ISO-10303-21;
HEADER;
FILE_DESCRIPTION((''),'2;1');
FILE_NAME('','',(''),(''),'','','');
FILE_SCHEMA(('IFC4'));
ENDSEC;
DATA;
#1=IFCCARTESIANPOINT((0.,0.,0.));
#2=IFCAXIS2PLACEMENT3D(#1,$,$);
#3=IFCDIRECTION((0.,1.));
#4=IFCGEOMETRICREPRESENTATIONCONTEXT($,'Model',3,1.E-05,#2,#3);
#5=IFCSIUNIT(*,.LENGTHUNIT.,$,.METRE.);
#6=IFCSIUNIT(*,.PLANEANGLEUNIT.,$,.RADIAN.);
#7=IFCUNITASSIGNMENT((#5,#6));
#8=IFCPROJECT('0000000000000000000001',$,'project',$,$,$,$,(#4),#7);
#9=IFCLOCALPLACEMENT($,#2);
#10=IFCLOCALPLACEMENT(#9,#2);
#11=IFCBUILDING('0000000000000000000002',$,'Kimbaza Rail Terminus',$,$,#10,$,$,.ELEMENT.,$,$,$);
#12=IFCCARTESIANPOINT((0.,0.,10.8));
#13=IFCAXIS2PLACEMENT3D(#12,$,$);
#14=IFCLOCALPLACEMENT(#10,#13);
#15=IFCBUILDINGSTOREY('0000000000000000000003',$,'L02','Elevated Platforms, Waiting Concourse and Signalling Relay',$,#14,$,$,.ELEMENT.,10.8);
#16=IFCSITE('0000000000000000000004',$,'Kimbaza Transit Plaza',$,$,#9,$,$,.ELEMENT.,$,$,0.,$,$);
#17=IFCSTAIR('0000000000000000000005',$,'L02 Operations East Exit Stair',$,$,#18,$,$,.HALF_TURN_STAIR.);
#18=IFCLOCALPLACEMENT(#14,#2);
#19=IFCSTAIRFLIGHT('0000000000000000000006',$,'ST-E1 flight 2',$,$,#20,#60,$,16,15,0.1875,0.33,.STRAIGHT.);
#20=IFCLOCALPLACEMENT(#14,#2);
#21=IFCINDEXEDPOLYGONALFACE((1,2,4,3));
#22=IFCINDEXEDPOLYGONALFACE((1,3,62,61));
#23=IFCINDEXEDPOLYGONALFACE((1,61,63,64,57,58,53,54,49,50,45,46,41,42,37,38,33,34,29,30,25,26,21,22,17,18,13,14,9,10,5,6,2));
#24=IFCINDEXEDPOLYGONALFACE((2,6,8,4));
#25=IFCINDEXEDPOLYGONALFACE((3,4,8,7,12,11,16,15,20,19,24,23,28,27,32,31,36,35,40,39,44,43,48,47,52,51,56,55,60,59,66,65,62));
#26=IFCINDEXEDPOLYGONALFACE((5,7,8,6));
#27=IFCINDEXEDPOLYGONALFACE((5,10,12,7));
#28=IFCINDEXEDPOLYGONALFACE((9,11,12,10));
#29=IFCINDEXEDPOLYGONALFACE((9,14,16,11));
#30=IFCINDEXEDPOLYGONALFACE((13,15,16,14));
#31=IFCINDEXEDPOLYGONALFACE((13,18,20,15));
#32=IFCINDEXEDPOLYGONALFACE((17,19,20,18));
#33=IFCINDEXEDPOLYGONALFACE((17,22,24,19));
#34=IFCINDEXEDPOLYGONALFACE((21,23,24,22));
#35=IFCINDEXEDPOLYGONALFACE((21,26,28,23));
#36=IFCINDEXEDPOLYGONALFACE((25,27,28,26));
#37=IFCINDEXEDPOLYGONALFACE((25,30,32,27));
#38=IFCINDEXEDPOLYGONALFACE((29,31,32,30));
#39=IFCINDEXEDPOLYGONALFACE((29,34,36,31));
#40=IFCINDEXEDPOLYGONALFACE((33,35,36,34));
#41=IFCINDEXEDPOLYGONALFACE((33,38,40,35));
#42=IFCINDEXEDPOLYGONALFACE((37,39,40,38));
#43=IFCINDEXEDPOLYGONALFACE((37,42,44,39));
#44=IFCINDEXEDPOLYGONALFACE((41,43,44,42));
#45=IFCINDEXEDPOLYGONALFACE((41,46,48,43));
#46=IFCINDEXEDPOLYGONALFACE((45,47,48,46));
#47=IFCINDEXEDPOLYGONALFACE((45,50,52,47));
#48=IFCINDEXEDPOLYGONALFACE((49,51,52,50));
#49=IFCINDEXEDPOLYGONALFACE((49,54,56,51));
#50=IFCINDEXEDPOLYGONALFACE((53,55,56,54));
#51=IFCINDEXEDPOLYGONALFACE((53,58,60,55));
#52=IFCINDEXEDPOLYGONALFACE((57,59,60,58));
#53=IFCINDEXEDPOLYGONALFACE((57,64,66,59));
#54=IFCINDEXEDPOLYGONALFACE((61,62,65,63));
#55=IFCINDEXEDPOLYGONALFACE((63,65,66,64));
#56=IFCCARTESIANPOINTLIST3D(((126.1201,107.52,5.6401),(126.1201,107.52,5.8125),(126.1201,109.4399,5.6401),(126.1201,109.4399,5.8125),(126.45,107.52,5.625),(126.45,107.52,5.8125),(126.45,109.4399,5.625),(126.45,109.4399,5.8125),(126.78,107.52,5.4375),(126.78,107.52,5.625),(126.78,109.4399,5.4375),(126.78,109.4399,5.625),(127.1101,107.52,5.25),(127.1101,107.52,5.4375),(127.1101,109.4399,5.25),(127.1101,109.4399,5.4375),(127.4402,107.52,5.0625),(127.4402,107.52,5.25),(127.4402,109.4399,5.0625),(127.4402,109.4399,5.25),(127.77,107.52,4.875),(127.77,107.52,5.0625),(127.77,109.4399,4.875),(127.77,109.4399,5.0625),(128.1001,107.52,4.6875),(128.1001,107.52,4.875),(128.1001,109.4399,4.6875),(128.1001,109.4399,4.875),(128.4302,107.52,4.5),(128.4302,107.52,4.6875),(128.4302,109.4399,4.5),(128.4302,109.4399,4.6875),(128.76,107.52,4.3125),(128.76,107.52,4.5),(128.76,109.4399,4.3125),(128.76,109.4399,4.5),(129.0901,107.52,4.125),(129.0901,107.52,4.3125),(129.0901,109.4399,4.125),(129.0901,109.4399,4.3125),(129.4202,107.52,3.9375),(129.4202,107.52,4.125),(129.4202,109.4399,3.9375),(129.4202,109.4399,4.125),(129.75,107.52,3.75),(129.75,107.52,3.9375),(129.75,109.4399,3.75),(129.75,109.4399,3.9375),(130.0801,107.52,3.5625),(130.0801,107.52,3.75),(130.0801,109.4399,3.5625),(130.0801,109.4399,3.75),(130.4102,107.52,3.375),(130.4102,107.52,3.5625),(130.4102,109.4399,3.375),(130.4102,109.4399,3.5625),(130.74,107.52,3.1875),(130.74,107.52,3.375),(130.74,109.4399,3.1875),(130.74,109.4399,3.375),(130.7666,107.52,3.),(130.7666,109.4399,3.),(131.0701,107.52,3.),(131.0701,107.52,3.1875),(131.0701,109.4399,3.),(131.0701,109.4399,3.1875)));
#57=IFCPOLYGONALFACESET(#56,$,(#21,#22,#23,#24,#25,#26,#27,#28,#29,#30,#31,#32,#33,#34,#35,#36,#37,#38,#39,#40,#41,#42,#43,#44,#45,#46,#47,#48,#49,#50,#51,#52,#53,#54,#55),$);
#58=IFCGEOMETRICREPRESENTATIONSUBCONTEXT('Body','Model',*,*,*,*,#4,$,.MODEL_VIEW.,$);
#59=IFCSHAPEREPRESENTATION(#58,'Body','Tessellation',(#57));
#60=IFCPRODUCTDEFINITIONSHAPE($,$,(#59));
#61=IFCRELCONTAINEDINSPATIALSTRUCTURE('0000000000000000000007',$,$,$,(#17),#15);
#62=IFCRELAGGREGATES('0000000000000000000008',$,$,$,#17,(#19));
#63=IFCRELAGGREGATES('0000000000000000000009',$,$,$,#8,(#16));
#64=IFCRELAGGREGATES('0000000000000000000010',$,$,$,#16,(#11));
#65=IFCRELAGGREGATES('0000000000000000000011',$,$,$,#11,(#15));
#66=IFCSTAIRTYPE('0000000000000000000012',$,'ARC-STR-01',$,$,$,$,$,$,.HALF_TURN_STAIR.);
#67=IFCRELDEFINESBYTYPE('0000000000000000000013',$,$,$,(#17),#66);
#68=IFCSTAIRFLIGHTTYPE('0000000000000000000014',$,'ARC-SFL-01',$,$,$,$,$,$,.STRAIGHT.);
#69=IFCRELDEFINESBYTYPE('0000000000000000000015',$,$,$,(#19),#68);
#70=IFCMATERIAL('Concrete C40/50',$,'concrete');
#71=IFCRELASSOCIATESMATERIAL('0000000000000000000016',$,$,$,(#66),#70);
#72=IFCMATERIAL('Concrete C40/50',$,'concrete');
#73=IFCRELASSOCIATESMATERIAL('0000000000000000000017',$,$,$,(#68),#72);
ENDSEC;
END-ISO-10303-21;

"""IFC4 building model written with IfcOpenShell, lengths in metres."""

from ifc_helpers import new_model, si_unit, direction, frame, origin, place, context, subcontext, project, spatial, polyline, outline, extrude, material, type_object, element, aggregate, save


model = new_model("IFC4")

# Units and contexts
model_context = context("Model", 3, precision=1e-05, world=origin(), true_north=direction((0.0, 1.0)))
body_context = subcontext(model_context, "Body", "Model", "MODEL_VIEW")
ifc_project = project(units=[si_unit("LENGTHUNIT", "METRE"), si_unit("PLANEANGLEUNIT", "RADIAN")], contexts=[model_context])

# Site, building, storey
site_placement = place(None, origin())
site = spatial("IfcSite", under=ifc_project, at=site_placement, Name="Kimbaza Transit Plaza", CompositionType="ELEMENT", RefElevation=0.0)
building_placement = place(site_placement, origin())
building = spatial("IfcBuilding", under=site, at=building_placement, Name="Kimbaza Rail Terminus", CompositionType="ELEMENT")
storey_placement = place(building_placement, frame((0.0, 0.0, 10.8)))
storey = spatial("IfcBuildingStorey", under=building, at=storey_placement, Name="L02", Description="Elevated Platforms, Waiting Concourse and Signalling Relay", CompositionType="ELEMENT", Elevation=10.8)

# Stair, stair flight
ifc_material_1 = material(Name="Concrete C40/50", Category="concrete")
stair_type = type_object("IfcStairType", Name="ARC-STR-01", PredefinedType="HALF_TURN_STAIR", material=ifc_material_1)
ifc_material_2 = material(Name="Concrete C40/50", Category="concrete")
stair_flight_type = type_object("IfcStairFlightType", Name="ARC-SFL-01", PredefinedType="STRAIGHT", material=ifc_material_2)
stair_1_placement = place(storey_placement, origin())
stair_1 = element("IfcStair", 1, at=stair_1_placement, inside=storey, type_object=stair_type, Name="L02 Operations East Exit Stair", PredefinedType="HALF_TURN_STAIR")
stair_flight_1_placement = place(storey_placement, frame((131.0701, 108.48, 3.0), z_axis=(0.0, 0.0, 1.0), x_axis=(-1.0, 0.0, 0.0)))
stair_flight_1 = element("IfcStairFlight", 2, at=stair_flight_1_placement, type_object=stair_flight_type, Name="ST-E1 flight 2", NumberOfRisers=16, NumberOfTreads=15, PredefinedType="STRAIGHT", RiserHeight=0.1875, TreadLength=0.33, context=body_context, shape_type="SweptSolid", body=[
    extrude(outline(polyline([(0.0, 0.0), (0.0, 0.1875), (0.3301, 0.1875), (0.3301, 0.375), (0.6599, 0.375), (0.6599, 0.5625), (0.99, 0.5625), (0.99, 0.75), (1.3201, 0.75), (1.3201, 0.9375), (1.6499, 0.9375), (1.6499, 1.125), (1.98, 1.125), (1.98, 1.3125), (2.3101, 1.3125), (2.3101, 1.5), (2.6399, 1.5), (2.6399, 1.6875), (2.97, 1.6875), (2.97, 1.875), (3.3, 1.875), (3.3, 2.0625), (3.6299, 2.0625), (3.6299, 2.25), (3.96, 2.25), (3.96, 2.4375), (4.29, 2.4375), (4.29, 2.625), (4.6201, 2.625), (4.6201, 2.8125), (4.95, 2.8125), (4.95, 3.0), (4.95, 2.6401), (0.3035, 0.0), (0.0, 0.0)])), frame((0.0, 0.96, 0.0), z_axis=(0.0, -1.0, 0.0), x_axis=(1.0, 0.0, 0.0)), (0.0, 0.0, 1.0), 1.9199),
])
aggregate(stair_1, [stair_flight_1])

save(model, "model.ifc")
